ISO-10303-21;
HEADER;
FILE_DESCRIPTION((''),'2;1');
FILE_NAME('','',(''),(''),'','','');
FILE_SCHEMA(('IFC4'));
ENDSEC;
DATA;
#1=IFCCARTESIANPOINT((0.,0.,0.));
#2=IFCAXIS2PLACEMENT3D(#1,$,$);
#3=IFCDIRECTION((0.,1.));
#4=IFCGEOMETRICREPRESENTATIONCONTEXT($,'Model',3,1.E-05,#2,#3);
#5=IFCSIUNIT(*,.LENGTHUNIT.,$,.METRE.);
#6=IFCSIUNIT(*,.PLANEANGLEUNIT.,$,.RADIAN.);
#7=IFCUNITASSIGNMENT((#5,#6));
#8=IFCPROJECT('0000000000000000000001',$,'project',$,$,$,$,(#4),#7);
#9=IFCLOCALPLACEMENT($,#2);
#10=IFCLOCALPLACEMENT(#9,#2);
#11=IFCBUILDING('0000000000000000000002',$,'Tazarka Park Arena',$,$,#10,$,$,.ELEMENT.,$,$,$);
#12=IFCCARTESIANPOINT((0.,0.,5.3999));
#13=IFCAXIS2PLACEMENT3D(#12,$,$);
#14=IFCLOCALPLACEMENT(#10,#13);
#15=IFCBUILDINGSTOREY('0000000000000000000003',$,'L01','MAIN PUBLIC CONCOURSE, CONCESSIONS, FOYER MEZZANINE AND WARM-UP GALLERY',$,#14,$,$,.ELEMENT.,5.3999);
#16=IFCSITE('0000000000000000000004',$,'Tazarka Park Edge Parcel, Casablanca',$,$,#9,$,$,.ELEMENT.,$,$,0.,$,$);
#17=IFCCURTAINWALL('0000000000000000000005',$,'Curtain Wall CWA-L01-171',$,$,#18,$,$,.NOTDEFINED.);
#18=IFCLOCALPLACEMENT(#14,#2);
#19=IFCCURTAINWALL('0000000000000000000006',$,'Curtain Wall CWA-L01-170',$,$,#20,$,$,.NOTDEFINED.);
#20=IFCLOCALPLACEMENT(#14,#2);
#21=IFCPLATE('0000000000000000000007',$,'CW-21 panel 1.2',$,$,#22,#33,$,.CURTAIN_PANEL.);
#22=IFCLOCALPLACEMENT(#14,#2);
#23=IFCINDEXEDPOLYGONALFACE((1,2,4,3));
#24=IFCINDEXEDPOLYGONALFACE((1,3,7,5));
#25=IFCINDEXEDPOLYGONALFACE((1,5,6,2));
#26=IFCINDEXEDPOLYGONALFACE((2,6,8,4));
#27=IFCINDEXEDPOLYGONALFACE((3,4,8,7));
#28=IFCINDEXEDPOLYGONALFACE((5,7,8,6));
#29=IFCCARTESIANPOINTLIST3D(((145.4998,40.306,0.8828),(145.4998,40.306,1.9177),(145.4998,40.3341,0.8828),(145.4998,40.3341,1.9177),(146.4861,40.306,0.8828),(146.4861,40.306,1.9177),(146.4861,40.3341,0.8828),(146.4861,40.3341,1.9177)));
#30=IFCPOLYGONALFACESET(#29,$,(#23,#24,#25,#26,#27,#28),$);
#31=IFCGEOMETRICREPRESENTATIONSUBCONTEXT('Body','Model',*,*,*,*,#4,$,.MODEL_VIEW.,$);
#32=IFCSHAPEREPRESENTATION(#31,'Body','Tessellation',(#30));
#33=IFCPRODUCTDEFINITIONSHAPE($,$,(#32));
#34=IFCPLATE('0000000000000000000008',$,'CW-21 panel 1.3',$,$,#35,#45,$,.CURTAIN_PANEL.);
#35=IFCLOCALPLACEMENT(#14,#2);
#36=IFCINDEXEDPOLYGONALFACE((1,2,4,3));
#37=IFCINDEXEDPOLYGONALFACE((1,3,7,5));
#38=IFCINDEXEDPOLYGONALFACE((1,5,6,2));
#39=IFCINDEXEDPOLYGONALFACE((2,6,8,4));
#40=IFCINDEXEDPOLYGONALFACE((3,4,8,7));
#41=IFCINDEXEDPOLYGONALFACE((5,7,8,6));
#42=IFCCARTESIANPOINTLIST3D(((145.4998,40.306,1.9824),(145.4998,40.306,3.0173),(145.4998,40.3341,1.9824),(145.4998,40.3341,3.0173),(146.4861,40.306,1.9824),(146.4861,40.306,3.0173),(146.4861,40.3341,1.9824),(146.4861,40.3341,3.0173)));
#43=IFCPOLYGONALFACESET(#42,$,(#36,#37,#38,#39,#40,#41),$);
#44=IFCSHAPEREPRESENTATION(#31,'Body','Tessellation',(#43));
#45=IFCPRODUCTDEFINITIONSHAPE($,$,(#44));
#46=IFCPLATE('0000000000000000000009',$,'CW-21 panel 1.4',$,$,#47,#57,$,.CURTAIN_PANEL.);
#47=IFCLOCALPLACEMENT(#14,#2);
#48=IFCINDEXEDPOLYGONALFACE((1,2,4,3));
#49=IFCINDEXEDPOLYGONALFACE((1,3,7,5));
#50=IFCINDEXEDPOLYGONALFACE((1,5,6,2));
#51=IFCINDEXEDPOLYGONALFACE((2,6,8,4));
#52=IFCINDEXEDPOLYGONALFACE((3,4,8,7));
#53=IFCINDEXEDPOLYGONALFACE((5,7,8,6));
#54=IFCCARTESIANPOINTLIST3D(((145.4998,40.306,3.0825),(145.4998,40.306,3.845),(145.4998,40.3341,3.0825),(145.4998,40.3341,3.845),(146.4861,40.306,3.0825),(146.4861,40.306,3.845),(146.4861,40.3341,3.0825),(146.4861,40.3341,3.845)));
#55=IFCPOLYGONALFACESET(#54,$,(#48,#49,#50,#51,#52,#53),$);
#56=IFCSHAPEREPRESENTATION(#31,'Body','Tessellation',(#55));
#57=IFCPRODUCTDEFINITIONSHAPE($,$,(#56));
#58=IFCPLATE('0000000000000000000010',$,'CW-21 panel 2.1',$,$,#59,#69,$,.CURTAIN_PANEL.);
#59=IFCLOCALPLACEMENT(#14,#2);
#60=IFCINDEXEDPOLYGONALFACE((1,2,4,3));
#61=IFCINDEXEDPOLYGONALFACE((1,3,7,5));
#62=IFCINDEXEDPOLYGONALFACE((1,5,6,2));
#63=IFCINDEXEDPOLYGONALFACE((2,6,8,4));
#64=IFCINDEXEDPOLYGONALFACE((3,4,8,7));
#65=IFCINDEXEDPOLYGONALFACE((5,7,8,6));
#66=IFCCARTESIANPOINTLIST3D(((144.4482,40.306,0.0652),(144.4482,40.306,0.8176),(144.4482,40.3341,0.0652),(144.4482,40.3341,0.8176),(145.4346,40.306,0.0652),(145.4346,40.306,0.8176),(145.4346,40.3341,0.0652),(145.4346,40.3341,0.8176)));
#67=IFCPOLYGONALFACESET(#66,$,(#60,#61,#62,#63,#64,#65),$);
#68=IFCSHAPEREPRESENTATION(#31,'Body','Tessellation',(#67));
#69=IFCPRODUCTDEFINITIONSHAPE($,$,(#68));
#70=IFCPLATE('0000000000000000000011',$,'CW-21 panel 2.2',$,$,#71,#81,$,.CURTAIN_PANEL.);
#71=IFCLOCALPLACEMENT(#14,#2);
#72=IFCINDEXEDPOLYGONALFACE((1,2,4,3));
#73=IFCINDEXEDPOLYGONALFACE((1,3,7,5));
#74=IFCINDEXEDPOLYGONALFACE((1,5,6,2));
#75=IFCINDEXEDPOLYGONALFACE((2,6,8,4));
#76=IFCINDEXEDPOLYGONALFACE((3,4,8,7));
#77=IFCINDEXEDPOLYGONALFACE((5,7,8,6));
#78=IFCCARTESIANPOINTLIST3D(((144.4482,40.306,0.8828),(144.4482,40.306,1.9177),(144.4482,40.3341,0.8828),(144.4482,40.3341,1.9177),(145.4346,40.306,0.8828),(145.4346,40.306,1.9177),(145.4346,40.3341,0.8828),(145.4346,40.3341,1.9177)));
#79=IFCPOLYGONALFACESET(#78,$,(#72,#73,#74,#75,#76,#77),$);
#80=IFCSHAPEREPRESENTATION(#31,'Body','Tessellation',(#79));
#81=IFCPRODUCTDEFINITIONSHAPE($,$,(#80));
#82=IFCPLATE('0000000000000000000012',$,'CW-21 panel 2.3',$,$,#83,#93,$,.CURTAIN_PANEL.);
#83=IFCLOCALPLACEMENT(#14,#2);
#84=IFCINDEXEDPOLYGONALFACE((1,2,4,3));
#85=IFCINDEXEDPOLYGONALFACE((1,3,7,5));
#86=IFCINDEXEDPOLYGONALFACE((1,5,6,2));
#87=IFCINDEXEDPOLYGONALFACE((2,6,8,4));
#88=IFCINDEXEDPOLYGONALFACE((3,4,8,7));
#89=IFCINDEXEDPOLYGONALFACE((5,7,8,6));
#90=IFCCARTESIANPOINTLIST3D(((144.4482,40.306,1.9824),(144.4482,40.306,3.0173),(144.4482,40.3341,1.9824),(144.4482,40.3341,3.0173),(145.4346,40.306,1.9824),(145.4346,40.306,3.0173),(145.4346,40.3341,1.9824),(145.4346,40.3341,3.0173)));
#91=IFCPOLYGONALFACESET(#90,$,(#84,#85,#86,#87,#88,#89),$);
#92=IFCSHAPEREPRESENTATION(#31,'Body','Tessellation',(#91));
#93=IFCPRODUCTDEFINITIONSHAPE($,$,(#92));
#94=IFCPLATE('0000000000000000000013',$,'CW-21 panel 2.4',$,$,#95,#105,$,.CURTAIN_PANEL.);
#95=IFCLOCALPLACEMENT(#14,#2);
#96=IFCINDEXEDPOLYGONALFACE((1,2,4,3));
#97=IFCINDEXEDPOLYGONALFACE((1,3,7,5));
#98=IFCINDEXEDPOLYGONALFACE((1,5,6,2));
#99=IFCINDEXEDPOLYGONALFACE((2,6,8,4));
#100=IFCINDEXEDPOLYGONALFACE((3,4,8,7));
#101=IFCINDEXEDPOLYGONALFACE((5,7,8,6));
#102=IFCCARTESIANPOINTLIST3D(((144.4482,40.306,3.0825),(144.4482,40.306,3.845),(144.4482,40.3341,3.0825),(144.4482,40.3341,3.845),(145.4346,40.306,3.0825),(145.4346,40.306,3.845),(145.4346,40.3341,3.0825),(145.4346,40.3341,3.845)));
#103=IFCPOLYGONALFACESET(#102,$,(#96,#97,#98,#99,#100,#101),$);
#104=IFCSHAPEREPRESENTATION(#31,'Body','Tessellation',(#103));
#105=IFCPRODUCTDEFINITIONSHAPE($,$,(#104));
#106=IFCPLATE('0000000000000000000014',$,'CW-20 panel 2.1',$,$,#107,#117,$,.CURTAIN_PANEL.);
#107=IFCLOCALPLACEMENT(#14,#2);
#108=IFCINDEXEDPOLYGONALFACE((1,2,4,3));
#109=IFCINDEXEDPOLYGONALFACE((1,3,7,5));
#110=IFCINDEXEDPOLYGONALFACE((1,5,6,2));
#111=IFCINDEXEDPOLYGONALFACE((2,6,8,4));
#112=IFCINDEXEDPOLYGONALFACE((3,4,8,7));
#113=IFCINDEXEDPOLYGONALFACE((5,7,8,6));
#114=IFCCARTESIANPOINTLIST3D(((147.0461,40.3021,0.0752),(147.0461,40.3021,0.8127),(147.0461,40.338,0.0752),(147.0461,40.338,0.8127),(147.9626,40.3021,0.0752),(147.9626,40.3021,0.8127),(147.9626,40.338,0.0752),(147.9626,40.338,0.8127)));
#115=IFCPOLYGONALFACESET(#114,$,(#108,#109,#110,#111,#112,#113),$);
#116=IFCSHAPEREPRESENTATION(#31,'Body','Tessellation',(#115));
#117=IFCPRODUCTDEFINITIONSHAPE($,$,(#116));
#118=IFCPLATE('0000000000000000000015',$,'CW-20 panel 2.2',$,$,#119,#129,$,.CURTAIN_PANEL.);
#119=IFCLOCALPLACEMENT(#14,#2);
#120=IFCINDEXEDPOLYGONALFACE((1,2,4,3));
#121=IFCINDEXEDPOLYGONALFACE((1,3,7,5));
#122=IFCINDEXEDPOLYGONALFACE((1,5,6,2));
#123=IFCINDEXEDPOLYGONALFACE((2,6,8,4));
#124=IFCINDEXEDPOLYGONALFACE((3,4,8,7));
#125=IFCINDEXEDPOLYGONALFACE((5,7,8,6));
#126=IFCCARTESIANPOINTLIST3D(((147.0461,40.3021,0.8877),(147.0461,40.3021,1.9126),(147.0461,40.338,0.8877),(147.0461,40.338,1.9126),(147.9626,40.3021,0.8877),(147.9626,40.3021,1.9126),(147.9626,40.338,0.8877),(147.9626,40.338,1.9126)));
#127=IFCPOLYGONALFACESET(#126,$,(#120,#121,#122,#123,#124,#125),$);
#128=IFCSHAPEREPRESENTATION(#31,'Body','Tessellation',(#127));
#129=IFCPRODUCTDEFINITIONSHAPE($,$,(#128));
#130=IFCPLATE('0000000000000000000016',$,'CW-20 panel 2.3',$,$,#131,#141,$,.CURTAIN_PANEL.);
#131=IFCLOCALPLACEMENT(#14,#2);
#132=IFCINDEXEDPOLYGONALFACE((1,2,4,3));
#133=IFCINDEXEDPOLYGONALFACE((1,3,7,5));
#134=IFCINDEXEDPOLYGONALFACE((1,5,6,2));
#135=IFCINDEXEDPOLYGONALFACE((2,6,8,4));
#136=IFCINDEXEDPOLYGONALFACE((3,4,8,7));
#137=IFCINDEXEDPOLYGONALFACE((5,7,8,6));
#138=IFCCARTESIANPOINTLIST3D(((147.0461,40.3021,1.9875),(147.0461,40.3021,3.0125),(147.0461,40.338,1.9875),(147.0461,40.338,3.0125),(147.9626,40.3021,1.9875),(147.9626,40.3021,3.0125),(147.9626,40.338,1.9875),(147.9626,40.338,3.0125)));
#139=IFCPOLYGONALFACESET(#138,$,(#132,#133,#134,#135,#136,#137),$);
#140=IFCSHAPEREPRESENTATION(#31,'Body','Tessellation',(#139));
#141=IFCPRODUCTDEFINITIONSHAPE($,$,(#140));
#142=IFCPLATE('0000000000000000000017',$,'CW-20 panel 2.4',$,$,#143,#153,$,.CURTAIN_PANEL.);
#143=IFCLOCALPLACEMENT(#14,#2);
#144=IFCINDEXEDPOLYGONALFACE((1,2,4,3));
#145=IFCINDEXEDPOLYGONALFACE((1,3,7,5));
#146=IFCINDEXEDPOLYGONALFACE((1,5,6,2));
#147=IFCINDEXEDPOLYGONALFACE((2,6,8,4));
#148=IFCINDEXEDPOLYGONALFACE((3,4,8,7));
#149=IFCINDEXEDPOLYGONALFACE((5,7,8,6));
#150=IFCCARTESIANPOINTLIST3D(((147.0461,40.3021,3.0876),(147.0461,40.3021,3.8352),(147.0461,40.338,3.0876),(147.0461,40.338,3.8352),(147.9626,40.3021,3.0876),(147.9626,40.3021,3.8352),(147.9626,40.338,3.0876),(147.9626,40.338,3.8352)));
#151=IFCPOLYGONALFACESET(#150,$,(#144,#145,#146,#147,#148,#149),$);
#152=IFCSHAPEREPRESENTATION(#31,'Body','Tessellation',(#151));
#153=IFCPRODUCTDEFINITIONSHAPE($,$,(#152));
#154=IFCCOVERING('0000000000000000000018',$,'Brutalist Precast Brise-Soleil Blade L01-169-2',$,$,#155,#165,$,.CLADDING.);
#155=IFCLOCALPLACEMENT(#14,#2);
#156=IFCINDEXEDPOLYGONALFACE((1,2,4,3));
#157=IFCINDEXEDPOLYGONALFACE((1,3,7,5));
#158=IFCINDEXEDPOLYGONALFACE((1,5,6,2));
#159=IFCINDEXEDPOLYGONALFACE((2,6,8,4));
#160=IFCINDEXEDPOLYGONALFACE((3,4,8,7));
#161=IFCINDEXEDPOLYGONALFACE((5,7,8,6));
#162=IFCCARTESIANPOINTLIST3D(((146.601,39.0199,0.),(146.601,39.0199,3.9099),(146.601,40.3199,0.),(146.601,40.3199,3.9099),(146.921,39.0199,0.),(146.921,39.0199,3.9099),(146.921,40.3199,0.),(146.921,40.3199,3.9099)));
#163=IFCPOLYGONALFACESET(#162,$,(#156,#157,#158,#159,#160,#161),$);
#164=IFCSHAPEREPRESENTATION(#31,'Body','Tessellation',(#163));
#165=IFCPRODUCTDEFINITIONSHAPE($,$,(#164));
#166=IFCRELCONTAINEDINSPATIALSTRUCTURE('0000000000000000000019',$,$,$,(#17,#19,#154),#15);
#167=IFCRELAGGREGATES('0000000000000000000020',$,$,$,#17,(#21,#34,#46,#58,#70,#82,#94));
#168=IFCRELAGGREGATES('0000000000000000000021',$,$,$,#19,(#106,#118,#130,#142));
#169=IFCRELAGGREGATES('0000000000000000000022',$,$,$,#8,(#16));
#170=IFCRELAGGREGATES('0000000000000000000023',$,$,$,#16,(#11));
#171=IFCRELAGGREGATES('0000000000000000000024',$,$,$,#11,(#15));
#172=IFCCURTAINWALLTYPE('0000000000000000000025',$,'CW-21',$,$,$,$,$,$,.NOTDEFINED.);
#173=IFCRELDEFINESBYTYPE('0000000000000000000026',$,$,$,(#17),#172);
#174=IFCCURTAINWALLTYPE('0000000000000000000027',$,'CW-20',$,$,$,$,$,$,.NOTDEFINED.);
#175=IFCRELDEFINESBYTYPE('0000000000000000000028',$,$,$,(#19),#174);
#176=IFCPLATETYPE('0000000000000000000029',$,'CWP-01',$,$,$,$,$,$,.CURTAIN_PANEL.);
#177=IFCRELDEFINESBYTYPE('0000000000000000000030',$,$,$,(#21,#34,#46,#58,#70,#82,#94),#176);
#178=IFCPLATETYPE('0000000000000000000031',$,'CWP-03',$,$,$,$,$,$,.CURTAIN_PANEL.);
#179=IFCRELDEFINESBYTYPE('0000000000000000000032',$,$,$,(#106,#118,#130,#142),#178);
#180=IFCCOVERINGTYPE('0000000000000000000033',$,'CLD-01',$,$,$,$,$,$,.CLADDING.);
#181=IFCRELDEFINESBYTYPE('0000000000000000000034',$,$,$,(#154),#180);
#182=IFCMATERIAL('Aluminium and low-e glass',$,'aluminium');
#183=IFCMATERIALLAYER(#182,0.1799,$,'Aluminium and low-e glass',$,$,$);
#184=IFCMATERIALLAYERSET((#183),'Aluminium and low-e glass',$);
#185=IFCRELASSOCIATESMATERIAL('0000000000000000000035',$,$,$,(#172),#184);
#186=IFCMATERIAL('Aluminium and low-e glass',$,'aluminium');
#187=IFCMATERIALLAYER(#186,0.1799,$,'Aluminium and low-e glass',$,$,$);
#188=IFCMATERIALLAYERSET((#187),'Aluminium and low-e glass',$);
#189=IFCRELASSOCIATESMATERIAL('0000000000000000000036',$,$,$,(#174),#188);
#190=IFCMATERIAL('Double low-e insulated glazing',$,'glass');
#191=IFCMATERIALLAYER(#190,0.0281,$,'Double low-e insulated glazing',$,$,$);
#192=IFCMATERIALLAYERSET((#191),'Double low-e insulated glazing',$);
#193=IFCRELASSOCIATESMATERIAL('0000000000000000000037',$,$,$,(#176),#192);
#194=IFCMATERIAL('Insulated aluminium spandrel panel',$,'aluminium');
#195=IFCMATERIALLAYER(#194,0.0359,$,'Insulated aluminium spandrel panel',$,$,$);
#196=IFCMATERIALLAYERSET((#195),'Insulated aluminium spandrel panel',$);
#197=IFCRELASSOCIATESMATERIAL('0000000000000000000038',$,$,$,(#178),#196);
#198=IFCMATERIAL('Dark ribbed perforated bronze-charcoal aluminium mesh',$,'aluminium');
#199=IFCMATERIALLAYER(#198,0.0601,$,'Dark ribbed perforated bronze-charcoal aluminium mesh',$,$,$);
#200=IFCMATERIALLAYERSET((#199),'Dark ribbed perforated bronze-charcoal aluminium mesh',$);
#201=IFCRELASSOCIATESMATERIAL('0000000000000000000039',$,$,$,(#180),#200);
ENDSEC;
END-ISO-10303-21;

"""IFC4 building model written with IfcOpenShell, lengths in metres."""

from ifc_helpers import new_model, si_unit, direction, frame, origin, origin_2d, place, context, subcontext, project, spatial, rectangle, extrude, material, layer, layer_set, type_object, element, aggregate, save


model = new_model("IFC4")

# Units and contexts
model_context = context("Model", 3, precision=1e-05, world=origin(), true_north=direction((0.0, 1.0)))
body_context = subcontext(model_context, "Body", "Model", "MODEL_VIEW")
ifc_project = project(units=[si_unit("LENGTHUNIT", "METRE"), si_unit("PLANEANGLEUNIT", "RADIAN")], contexts=[model_context])

# Site, building, storey
site_placement = place(None, origin())
site = spatial("IfcSite", under=ifc_project, at=site_placement, Name="Tazarka Park Edge Parcel, Casablanca", CompositionType="ELEMENT", RefElevation=0.0)
building_placement = place(site_placement, origin())
building = spatial("IfcBuilding", under=site, at=building_placement, Name="Tazarka Park Arena", CompositionType="ELEMENT")
storey_placement = place(building_placement, frame((0.0, 0.0, 5.3999)))
storey = spatial("IfcBuildingStorey", under=building, at=storey_placement, Name="L01", Description="MAIN PUBLIC CONCOURSE, CONCESSIONS, FOYER MEZZANINE AND WARM-UP GALLERY", CompositionType="ELEMENT", Elevation=5.3999)

# Curtain wall
ifc_material_1 = material(Name="Aluminium and low-e glass", Category="aluminium")
ifc_layer_1 = layer(ifc_material_1, 0.1799, Name="Aluminium and low-e glass")
ifc_layer_set_1 = layer_set([ifc_layer_1], Name="Aluminium and low-e glass")
curtain_wall_type_1 = type_object("IfcCurtainWallType", Name="CW-21", PredefinedType="NOTDEFINED", material=ifc_layer_set_1)
curtain_wall_1_placement = place(storey_placement, origin())
curtain_wall_1 = element("IfcCurtainWall", 1, at=curtain_wall_1_placement, inside=storey, type_object=curtain_wall_type_1, Name="Curtain Wall CWA-L01-171", PredefinedType="NOTDEFINED")

# Curtain wall
ifc_material_2 = material(Name="Aluminium and low-e glass", Category="aluminium")
ifc_layer_2 = layer(ifc_material_2, 0.1799, Name="Aluminium and low-e glass")
ifc_layer_set_2 = layer_set([ifc_layer_2], Name="Aluminium and low-e glass")
curtain_wall_type_2 = type_object("IfcCurtainWallType", Name="CW-20", PredefinedType="NOTDEFINED", material=ifc_layer_set_2)
curtain_wall_2_placement = place(storey_placement, origin())
curtain_wall_2 = element("IfcCurtainWall", 2, at=curtain_wall_2_placement, inside=storey, type_object=curtain_wall_type_2, Name="Curtain Wall CWA-L01-170", PredefinedType="NOTDEFINED")

# Plates
ifc_material_3 = material(Name="Double low-e insulated glazing", Category="glass")
ifc_layer_3 = layer(ifc_material_3, 0.0281, Name="Double low-e insulated glazing")
ifc_layer_set_3 = layer_set([ifc_layer_3], Name="Double low-e insulated glazing")
plate_type_1 = type_object("IfcPlateType", Name="CWP-01", PredefinedType="CURTAIN_PANEL", material=ifc_layer_set_3)
plate_1_placement = place(storey_placement, frame((145.9929, 40.3201, 0.8828), z_axis=(0.0, 0.0, 1.0), x_axis=(-1.0, 0.0, 0.0)))
plate_1 = element("IfcPlate", 3, at=plate_1_placement, type_object=plate_type_1, Name="CW-21 panel 1.2", PredefinedType="CURTAIN_PANEL", context=body_context, shape_type="SweptSolid", body=[
    extrude(rectangle(XDim=0.9863, YDim=0.0281, at=origin_2d()), origin(), (0.0, 0.0, 1.0), 1.0349),
])
plate_2_placement = place(storey_placement, frame((145.9929, 40.3201, 1.9824), z_axis=(0.0, 0.0, 1.0), x_axis=(-1.0, 0.0, 0.0)))
plate_2 = element("IfcPlate", 4, at=plate_2_placement, type_object=plate_type_1, Name="CW-21 panel 1.3", PredefinedType="CURTAIN_PANEL", context=body_context, shape_type="SweptSolid", body=[
    extrude(rectangle(XDim=0.9863, YDim=0.0281, at=origin_2d()), origin(), (0.0, 0.0, 1.0), 1.0349),
])
plate_3_placement = place(storey_placement, frame((145.9929, 40.3201, 3.0825), z_axis=(0.0, 0.0, 1.0), x_axis=(-1.0, 0.0, 0.0)))
plate_3 = element("IfcPlate", 5, at=plate_3_placement, type_object=plate_type_1, Name="CW-21 panel 1.4", PredefinedType="CURTAIN_PANEL", context=body_context, shape_type="SweptSolid", body=[
    extrude(rectangle(XDim=0.9863, YDim=0.0281, at=origin_2d()), origin(), (0.0, 0.0, 1.0), 0.7625),
])
plate_4_placement = place(storey_placement, frame((144.9414, 40.3201, 0.0652), z_axis=(0.0, 0.0, 1.0), x_axis=(-1.0, 0.0, 0.0)))
plate_4 = element("IfcPlate", 6, at=plate_4_placement, type_object=plate_type_1, Name="CW-21 panel 2.1", PredefinedType="CURTAIN_PANEL", context=body_context, shape_type="SweptSolid", body=[
    extrude(rectangle(XDim=0.9863, YDim=0.0281, at=origin_2d()), origin(), (0.0, 0.0, 1.0), 0.7524),
])
plate_5_placement = place(storey_placement, frame((144.9414, 40.3201, 0.8828), z_axis=(0.0, 0.0, 1.0), x_axis=(-1.0, 0.0, 0.0)))
plate_5 = element("IfcPlate", 7, at=plate_5_placement, type_object=plate_type_1, Name="CW-21 panel 2.2", PredefinedType="CURTAIN_PANEL", context=body_context, shape_type="SweptSolid", body=[
    extrude(rectangle(XDim=0.9863, YDim=0.0281, at=origin_2d()), origin(), (0.0, 0.0, 1.0), 1.0349),
])
plate_6_placement = place(storey_placement, frame((144.9414, 40.3201, 1.9824), z_axis=(0.0, 0.0, 1.0), x_axis=(-1.0, 0.0, 0.0)))
plate_6 = element("IfcPlate", 8, at=plate_6_placement, type_object=plate_type_1, Name="CW-21 panel 2.3", PredefinedType="CURTAIN_PANEL", context=body_context, shape_type="SweptSolid", body=[
    extrude(rectangle(XDim=0.9863, YDim=0.0281, at=origin_2d()), origin(), (0.0, 0.0, 1.0), 1.0349),
])
plate_7_placement = place(storey_placement, frame((144.9414, 40.3201, 3.0825), z_axis=(0.0, 0.0, 1.0), x_axis=(-1.0, 0.0, 0.0)))
plate_7 = element("IfcPlate", 9, at=plate_7_placement, type_object=plate_type_1, Name="CW-21 panel 2.4", PredefinedType="CURTAIN_PANEL", context=body_context, shape_type="SweptSolid", body=[
    extrude(rectangle(XDim=0.9863, YDim=0.0281, at=origin_2d()), origin(), (0.0, 0.0, 1.0), 0.7625),
])
aggregate(curtain_wall_1, [plate_1, plate_2, plate_3, plate_4, plate_5, plate_6, plate_7])
ifc_material_4 = material(Name="Insulated aluminium spandrel panel", Category="aluminium")
ifc_layer_4 = layer(ifc_material_4, 0.0359, Name="Insulated aluminium spandrel panel")
ifc_layer_set_4 = layer_set([ifc_layer_4], Name="Insulated aluminium spandrel panel")
plate_type_2 = type_object("IfcPlateType", Name="CWP-03", PredefinedType="CURTAIN_PANEL", material=ifc_layer_set_4)
plate_8_placement = place(storey_placement, frame((147.5044, 40.3201, 0.0752), z_axis=(0.0, 0.0, 1.0), x_axis=(-1.0, 0.0, 0.0)))
plate_8 = element("IfcPlate", 10, at=plate_8_placement, type_object=plate_type_2, Name="CW-20 panel 2.1", PredefinedType="CURTAIN_PANEL", context=body_context, shape_type="SweptSolid", body=[
    extrude(rectangle(XDim=0.9165, YDim=0.0359, at=origin_2d()), origin(), (0.0, 0.0, 1.0), 0.7375),
])
plate_9_placement = place(storey_placement, frame((147.5044, 40.3201, 0.8877), z_axis=(0.0, 0.0, 1.0), x_axis=(-1.0, 0.0, 0.0)))
plate_9 = element("IfcPlate", 11, at=plate_9_placement, type_object=plate_type_2, Name="CW-20 panel 2.2", PredefinedType="CURTAIN_PANEL", context=body_context, shape_type="SweptSolid", body=[
    extrude(rectangle(XDim=0.9165, YDim=0.0359, at=origin_2d()), origin(), (0.0, 0.0, 1.0), 1.0249),
])
plate_10_placement = place(storey_placement, frame((147.5044, 40.3201, 1.9875), z_axis=(0.0, 0.0, 1.0), x_axis=(-1.0, 0.0, 0.0)))
plate_10 = element("IfcPlate", 12, at=plate_10_placement, type_object=plate_type_2, Name="CW-20 panel 2.3", PredefinedType="CURTAIN_PANEL", context=body_context, shape_type="SweptSolid", body=[
    extrude(rectangle(XDim=0.9165, YDim=0.0359, at=origin_2d()), origin(), (0.0, 0.0, 1.0), 1.0249),
])
plate_11_placement = place(storey_placement, frame((147.5044, 40.3201, 3.0876), z_axis=(0.0, 0.0, 1.0), x_axis=(-1.0, 0.0, 0.0)))
plate_11 = element("IfcPlate", 13, at=plate_11_placement, type_object=plate_type_2, Name="CW-20 panel 2.4", PredefinedType="CURTAIN_PANEL", context=body_context, shape_type="SweptSolid", body=[
    extrude(rectangle(XDim=0.9165, YDim=0.0359, at=origin_2d()), origin(), (0.0, 0.0, 1.0), 0.7476),
])
aggregate(curtain_wall_2, [plate_8, plate_9, plate_10, plate_11])

# Covering
ifc_material_5 = material(Name="Dark ribbed perforated bronze-charcoal aluminium mesh", Category="aluminium")
ifc_layer_5 = layer(ifc_material_5, 0.0601, Name="Dark ribbed perforated bronze-charcoal aluminium mesh")
ifc_layer_set_5 = layer_set([ifc_layer_5], Name="Dark ribbed perforated bronze-charcoal aluminium mesh")
covering_type = type_object("IfcCoveringType", Name="CLD-01", PredefinedType="CLADDING", material=ifc_layer_set_5)
covering_placement = place(storey_placement, frame((146.761, 39.6699, 0.0), z_axis=(0.0, 0.0, 1.0), x_axis=(-1.0, 0.0, 0.0)))
element("IfcCovering", 14, at=covering_placement, inside=storey, type_object=covering_type, Name="Brutalist Precast Brise-Soleil Blade L01-169-2", PredefinedType="CLADDING", context=body_context, shape_type="SweptSolid", body=[
    extrude(rectangle(XDim=0.3201, YDim=1.3, at=origin_2d()), origin(), (0.0, 0.0, 1.0), 3.9099),
])

save(model, "model.ifc")
